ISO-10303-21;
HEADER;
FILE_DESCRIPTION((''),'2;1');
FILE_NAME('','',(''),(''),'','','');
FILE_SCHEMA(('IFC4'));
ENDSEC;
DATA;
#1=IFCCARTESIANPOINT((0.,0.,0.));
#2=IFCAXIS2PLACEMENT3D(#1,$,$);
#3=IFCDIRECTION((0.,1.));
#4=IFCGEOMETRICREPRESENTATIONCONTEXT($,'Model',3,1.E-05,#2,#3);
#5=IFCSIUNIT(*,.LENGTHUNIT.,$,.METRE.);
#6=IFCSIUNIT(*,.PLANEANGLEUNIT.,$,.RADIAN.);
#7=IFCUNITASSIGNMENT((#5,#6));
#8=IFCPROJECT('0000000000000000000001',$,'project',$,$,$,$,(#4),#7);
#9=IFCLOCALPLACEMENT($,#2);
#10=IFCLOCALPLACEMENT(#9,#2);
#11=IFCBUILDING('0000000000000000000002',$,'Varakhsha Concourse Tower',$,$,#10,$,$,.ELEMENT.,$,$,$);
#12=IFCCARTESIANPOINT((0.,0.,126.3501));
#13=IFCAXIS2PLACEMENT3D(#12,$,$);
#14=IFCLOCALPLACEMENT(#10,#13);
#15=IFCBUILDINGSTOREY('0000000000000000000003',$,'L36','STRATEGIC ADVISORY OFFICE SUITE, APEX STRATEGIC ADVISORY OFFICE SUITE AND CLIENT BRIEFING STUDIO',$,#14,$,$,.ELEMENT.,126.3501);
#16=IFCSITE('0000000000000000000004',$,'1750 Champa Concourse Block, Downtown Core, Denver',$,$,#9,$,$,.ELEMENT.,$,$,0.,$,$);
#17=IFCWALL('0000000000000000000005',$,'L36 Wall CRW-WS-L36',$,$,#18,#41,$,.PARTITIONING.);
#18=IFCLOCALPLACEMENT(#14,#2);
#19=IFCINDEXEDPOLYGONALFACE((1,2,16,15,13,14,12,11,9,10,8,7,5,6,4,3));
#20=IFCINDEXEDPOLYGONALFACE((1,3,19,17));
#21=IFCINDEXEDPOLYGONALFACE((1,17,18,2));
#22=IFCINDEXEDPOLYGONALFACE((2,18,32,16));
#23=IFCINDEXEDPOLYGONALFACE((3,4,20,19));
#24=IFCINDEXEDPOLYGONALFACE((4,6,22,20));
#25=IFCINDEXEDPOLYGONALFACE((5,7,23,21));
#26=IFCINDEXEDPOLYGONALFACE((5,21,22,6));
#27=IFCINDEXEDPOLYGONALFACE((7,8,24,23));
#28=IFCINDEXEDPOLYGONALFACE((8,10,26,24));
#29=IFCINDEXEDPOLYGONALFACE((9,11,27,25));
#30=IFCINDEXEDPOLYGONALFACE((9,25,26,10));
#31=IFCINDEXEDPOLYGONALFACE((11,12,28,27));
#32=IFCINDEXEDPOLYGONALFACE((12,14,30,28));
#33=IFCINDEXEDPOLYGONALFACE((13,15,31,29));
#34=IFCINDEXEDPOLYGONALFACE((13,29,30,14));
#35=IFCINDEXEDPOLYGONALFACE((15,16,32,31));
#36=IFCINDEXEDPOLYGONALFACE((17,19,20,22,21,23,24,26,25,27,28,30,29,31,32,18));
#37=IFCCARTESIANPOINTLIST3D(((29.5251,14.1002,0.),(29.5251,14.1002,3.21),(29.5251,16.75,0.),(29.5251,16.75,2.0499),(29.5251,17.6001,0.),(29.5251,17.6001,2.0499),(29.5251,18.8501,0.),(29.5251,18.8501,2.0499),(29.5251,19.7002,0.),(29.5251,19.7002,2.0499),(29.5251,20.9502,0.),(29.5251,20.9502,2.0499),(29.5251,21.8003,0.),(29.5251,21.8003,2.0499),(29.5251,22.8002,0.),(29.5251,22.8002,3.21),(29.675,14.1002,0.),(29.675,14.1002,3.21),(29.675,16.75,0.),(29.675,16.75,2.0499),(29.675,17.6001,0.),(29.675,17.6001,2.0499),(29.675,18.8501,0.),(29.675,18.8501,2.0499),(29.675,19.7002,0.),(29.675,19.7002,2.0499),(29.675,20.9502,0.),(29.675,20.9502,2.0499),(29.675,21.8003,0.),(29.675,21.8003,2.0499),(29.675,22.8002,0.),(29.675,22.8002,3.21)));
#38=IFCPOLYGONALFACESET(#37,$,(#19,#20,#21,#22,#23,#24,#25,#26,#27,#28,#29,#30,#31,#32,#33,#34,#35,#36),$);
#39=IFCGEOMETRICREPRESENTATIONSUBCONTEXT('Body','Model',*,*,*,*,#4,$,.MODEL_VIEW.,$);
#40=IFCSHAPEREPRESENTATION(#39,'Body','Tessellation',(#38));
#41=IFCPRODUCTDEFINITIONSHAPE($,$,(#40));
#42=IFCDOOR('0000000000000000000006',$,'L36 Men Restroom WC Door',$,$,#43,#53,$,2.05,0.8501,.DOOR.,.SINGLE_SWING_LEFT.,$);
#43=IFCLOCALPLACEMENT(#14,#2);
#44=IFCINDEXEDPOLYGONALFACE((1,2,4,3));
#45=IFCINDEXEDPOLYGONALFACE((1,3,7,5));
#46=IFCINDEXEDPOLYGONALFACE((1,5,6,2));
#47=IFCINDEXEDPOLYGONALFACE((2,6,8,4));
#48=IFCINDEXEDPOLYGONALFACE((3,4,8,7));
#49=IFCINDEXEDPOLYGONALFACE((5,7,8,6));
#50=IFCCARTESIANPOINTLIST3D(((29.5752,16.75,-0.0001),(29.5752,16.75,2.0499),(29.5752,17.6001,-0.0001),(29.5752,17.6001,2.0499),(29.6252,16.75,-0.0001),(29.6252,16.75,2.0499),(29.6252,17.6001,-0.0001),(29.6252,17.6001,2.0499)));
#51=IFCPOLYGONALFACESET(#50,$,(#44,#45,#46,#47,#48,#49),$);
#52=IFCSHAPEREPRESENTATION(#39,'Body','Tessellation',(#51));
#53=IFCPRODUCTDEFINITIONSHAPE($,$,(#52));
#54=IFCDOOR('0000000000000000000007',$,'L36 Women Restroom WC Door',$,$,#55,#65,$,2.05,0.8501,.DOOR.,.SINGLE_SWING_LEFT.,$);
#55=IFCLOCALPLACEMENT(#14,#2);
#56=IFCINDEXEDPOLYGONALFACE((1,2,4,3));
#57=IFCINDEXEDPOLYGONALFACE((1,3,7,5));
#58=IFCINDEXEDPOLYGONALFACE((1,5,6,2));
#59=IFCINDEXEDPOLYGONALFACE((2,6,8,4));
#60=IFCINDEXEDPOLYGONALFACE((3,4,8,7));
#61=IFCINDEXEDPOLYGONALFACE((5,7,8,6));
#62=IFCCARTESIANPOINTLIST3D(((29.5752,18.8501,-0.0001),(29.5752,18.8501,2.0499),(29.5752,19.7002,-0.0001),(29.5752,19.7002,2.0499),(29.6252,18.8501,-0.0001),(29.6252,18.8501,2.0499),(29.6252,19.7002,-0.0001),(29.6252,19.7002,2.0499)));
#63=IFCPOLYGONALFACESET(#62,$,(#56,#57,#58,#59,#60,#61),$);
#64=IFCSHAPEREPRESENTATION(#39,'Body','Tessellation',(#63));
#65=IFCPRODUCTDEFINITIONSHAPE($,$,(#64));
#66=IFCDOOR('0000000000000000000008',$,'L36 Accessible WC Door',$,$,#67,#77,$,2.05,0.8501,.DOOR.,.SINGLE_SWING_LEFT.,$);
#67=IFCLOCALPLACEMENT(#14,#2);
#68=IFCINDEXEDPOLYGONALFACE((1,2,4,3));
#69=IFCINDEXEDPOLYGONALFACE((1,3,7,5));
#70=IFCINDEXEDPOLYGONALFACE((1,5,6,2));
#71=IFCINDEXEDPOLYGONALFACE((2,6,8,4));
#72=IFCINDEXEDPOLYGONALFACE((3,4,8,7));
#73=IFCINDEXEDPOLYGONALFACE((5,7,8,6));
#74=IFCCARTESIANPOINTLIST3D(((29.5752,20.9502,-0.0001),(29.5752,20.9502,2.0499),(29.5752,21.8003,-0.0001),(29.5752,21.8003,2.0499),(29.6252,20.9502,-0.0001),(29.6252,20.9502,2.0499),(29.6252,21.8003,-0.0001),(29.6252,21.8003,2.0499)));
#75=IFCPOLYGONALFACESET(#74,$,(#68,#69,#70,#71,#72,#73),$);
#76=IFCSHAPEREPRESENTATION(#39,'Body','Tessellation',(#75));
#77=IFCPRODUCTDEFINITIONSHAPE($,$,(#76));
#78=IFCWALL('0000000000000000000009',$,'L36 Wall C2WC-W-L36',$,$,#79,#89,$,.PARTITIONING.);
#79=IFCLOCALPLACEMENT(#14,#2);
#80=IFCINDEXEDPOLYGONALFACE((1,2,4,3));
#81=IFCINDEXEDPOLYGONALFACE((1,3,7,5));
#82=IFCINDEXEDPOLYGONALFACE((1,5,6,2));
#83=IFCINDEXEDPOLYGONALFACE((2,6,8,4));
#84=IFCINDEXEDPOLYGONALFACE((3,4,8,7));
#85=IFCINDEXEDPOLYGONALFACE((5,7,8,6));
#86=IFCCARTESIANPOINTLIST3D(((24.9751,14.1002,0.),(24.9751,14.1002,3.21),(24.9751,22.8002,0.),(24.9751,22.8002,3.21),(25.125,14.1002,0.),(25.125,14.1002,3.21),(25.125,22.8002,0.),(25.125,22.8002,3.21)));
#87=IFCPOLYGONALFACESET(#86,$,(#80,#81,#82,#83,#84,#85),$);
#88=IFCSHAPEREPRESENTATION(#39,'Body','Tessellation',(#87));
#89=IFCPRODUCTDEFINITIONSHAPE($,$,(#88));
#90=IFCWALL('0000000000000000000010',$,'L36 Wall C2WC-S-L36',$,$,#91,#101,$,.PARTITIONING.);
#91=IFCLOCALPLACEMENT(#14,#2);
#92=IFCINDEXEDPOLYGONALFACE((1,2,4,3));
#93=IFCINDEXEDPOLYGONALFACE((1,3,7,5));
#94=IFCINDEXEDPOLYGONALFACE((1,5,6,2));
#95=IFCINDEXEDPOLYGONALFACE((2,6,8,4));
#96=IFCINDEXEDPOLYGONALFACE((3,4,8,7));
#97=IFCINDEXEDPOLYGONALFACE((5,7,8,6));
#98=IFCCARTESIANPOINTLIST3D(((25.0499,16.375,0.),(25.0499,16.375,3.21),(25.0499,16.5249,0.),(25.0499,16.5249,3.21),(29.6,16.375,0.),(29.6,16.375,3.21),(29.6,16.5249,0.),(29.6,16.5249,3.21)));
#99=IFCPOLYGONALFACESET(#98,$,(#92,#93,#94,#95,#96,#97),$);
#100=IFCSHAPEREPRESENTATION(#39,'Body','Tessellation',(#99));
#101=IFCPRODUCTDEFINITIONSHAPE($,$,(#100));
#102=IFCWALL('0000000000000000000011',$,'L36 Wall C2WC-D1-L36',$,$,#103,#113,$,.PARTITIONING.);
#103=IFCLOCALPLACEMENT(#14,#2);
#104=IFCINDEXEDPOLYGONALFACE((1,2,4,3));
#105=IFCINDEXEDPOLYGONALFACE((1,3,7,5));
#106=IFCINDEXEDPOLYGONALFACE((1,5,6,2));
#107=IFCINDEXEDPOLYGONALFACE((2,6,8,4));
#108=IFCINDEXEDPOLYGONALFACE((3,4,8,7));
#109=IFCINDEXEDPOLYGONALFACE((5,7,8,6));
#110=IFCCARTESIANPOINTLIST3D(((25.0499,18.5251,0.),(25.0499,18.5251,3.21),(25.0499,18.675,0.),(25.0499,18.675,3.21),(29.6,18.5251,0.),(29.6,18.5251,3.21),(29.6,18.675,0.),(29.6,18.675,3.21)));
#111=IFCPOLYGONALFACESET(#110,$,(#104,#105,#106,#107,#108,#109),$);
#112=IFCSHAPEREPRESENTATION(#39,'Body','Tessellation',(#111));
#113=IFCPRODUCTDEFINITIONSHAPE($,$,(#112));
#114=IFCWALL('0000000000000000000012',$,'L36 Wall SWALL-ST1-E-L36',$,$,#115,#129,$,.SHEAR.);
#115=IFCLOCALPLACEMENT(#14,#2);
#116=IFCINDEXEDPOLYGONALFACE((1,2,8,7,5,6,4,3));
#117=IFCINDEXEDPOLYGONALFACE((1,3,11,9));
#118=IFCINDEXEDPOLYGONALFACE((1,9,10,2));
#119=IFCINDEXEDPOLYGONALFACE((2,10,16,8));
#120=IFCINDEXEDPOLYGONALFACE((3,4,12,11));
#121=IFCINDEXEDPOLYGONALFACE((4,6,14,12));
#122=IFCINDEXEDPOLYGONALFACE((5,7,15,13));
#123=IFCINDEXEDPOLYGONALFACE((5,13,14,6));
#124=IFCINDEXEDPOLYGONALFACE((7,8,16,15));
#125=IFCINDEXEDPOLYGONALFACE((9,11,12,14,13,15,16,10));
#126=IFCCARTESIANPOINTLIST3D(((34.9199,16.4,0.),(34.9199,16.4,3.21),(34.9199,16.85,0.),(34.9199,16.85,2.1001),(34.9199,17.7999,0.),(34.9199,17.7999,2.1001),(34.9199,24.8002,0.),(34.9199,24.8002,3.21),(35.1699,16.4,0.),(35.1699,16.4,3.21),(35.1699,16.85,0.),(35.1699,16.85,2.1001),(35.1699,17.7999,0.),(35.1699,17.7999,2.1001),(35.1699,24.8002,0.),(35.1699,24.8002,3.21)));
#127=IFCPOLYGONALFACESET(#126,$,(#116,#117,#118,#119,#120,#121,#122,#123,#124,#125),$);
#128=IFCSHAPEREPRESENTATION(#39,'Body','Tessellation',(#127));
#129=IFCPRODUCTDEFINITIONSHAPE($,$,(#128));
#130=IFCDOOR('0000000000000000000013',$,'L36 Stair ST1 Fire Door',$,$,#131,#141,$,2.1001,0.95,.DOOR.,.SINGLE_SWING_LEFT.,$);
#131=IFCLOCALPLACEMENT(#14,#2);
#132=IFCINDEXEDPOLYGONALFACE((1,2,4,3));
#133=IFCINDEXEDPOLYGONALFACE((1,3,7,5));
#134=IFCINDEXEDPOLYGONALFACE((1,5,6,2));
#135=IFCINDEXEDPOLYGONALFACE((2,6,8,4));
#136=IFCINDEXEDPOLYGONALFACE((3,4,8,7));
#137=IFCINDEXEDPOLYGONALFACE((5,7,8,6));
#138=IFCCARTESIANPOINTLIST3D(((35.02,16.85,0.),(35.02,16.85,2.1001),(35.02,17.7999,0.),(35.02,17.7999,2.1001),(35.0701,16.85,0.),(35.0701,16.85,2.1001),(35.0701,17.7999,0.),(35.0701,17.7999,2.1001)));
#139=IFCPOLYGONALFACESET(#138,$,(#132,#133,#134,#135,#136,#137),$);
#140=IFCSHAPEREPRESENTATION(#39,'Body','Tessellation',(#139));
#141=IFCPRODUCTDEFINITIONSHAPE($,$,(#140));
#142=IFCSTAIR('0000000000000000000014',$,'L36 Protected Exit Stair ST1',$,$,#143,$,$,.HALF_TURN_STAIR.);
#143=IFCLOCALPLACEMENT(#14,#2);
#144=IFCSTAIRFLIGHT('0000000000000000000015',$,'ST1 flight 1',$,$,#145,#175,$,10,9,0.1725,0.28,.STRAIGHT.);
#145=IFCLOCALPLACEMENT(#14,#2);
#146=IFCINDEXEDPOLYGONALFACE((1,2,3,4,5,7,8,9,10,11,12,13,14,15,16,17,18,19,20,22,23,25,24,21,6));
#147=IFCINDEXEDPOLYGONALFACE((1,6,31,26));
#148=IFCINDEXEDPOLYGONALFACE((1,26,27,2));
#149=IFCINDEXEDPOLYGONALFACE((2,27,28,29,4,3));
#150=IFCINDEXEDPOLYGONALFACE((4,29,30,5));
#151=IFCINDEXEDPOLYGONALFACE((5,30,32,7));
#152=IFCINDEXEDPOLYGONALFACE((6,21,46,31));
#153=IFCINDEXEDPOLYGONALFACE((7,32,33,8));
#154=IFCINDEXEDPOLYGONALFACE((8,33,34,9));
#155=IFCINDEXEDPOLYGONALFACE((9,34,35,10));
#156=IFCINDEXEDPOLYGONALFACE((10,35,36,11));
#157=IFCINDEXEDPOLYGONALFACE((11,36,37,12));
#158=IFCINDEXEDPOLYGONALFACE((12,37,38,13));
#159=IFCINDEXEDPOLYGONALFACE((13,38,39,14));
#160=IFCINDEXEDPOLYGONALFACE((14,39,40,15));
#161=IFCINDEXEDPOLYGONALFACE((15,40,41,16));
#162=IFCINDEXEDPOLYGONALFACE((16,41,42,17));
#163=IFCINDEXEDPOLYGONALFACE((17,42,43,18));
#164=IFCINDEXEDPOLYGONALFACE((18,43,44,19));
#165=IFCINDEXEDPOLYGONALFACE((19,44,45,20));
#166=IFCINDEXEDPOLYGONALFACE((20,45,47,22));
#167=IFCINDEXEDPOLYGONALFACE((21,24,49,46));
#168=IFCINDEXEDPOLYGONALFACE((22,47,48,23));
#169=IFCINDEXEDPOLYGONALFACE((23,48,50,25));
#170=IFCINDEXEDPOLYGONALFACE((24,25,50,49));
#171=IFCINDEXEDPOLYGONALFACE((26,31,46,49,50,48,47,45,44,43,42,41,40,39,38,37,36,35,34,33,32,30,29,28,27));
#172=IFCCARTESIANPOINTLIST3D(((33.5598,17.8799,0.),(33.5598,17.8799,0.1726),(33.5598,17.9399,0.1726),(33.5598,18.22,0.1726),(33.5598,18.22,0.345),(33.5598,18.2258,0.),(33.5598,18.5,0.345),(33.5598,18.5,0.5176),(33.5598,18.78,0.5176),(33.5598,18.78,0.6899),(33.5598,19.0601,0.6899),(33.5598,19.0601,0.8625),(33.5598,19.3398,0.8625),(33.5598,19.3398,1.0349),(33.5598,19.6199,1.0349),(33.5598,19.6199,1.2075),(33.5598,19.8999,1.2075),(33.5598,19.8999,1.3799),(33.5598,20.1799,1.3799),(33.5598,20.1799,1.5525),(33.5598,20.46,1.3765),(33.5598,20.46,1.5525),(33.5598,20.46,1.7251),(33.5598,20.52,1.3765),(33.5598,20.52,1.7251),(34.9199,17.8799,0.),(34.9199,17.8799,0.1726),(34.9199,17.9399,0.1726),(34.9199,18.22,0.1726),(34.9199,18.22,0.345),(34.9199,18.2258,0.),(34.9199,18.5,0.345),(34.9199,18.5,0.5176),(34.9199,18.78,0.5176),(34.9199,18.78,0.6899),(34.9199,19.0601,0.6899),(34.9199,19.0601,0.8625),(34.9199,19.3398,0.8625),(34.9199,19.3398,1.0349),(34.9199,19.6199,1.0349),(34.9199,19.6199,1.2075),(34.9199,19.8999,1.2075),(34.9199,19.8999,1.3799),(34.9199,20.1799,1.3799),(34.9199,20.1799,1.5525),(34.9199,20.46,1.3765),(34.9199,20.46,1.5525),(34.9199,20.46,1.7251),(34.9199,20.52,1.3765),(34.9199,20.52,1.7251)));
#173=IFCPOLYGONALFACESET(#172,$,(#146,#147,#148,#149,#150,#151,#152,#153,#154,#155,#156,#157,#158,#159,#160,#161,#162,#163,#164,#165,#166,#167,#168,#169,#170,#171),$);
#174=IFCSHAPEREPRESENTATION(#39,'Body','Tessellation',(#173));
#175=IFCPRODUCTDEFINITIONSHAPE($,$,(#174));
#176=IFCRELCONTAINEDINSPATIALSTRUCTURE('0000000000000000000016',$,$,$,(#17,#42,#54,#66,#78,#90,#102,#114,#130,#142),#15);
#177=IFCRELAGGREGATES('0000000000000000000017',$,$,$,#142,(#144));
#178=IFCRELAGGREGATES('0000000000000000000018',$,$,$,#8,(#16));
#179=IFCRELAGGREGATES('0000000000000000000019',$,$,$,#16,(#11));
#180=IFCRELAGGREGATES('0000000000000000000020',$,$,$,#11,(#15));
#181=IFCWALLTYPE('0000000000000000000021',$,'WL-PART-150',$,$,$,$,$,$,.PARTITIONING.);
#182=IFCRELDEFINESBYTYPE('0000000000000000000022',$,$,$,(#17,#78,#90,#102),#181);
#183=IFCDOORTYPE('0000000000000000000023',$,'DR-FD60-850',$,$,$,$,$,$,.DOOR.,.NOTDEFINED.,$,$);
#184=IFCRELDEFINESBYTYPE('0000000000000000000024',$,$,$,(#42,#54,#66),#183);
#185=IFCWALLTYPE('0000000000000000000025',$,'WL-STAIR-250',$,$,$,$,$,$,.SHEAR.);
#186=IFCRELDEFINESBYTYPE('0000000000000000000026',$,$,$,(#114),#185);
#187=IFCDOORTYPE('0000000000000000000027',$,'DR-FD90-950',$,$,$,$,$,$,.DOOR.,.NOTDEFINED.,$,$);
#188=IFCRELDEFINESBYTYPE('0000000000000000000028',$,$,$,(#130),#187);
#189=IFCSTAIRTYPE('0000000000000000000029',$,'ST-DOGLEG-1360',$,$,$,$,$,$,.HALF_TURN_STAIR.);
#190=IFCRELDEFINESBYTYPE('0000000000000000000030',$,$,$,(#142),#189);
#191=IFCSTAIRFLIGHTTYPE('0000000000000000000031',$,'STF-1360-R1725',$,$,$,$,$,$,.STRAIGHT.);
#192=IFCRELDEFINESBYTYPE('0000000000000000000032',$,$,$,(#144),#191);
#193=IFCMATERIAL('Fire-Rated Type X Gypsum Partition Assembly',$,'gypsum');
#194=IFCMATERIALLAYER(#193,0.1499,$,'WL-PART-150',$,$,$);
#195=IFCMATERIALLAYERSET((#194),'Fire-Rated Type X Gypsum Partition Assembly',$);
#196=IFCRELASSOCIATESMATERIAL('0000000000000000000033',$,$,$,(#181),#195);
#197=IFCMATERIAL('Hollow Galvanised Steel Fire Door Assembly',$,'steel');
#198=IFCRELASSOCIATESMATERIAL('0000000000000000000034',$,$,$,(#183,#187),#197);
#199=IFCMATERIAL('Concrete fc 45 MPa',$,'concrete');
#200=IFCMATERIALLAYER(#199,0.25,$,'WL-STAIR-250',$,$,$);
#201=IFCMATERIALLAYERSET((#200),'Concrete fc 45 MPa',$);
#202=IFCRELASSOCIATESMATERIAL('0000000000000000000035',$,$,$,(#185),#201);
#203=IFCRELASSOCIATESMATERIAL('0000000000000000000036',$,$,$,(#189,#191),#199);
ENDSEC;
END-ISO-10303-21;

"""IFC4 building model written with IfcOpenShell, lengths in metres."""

from ifc_helpers import new_model, si_unit, direction, frame, frame_2d, origin, place, context, subcontext, project, spatial, polyline, rectangle, outline, extrude, material, layer, layer_set, type_object, element, fill, aggregate, save


model = new_model("IFC4")

# Units and contexts
model_context = context("Model", 3, precision=1e-05, world=origin(), true_north=direction((0.0, 1.0)))
body_context = subcontext(model_context, "Body", "Model", "MODEL_VIEW")
ifc_project = project(units=[si_unit("LENGTHUNIT", "METRE"), si_unit("PLANEANGLEUNIT", "RADIAN")], contexts=[model_context])

# Site, building, storey
site_placement = place(None, origin())
site = spatial("IfcSite", under=ifc_project, at=site_placement, Name="1750 Champa Concourse Block, Downtown Core, Denver", CompositionType="ELEMENT", RefElevation=0.0)
building_placement = place(site_placement, origin())
building = spatial("IfcBuilding", under=site, at=building_placement, Name="Varakhsha Concourse Tower", CompositionType="ELEMENT")
storey_placement = place(building_placement, frame((0.0, 0.0, 126.3501)))
storey = spatial("IfcBuildingStorey", under=building, at=storey_placement, Name="L36", Description="STRATEGIC ADVISORY OFFICE SUITE, APEX STRATEGIC ADVISORY OFFICE SUITE AND CLIENT BRIEFING STUDIO", CompositionType="ELEMENT", Elevation=126.3501)

# Shared definitions
ifc_material_1 = material(Name="Hollow Galvanised Steel Fire Door Assembly", Category="steel")

# Wall, openings, doors
ifc_material_2 = material(Name="Fire-Rated Type X Gypsum Partition Assembly", Category="gypsum")
ifc_layer_1 = layer(ifc_material_2, 0.1499, Name="WL-PART-150")
ifc_layer_set_1 = layer_set([ifc_layer_1], Name="Fire-Rated Type X Gypsum Partition Assembly")
wall_type_1 = type_object("IfcWallType", Name="WL-PART-150", PredefinedType="PARTITIONING", material=ifc_layer_set_1)
wall_1_placement = place(storey_placement, frame((29.6001, 14.1001, 0.0), z_axis=(0.0, 0.0, 1.0), x_axis=(0.0, 1.0, 0.0)))
wall_1 = element("IfcWall", 1, at=wall_1_placement, inside=storey, type_object=wall_type_1, Name="L36 Wall CRW-WS-L36", PredefinedType="PARTITIONING", context=body_context, shape_type="SweptSolid", body=[
    extrude(rectangle(XDim=8.7, YDim=0.1499, at=frame_2d((4.3501, 0.0))), origin(), (0.0, 0.0, 1.0), 3.21),
])
opening_1_placement = place(wall_1_placement, frame((2.6499, 0.0, 0.0)))
opening_1 = element("IfcOpeningElement", 2, at=opening_1_placement, cuts=wall_1, PredefinedType="OPENING", context=body_context, shape_type="SweptSolid", body=[
    extrude(rectangle(XDim=0.8501, YDim=2.05, at=frame_2d((0.425, 1.0249))), frame((0.0, 0.085, 0.0), z_axis=(0.0, -1.0, 0.0), x_axis=(1.0, 0.0, 0.0)), (0.0, 0.0, 1.0), 0.1699),
])
opening_2_placement = place(wall_1_placement, frame((4.75, 0.0, 0.0)))
opening_2 = element("IfcOpeningElement", 3, at=opening_2_placement, cuts=wall_1, PredefinedType="OPENING", context=body_context, shape_type="SweptSolid", body=[
    extrude(rectangle(XDim=0.8501, YDim=2.05, at=frame_2d((0.425, 1.0249))), frame((0.0, 0.085, 0.0), z_axis=(0.0, -1.0, 0.0), x_axis=(1.0, 0.0, 0.0)), (0.0, 0.0, 1.0), 0.1699),
])
opening_3_placement = place(wall_1_placement, frame((6.8501, 0.0, 0.0)))
opening_3 = element("IfcOpeningElement", 4, at=opening_3_placement, cuts=wall_1, PredefinedType="OPENING", context=body_context, shape_type="SweptSolid", body=[
    extrude(rectangle(XDim=0.8501, YDim=2.05, at=frame_2d((0.425, 1.0249))), frame((0.0, 0.085, 0.0), z_axis=(0.0, -1.0, 0.0), x_axis=(1.0, 0.0, 0.0)), (0.0, 0.0, 1.0), 0.1699),
])
door_type_1 = type_object("IfcDoorType", Name="DR-FD60-850", OperationType="NOTDEFINED", PredefinedType="DOOR", material=ifc_material_1)
door_1_placement = place(opening_1_placement, origin())
door_1 = element("IfcDoor", 5, at=door_1_placement, inside=storey, type_object=door_type_1, Name="L36 Men Restroom WC Door", OperationType="SINGLE_SWING_LEFT", OverallHeight=2.05, OverallWidth=0.8501, PredefinedType="DOOR", context=body_context, shape_type="SweptSolid", body=[
    extrude(rectangle(XDim=0.8501, YDim=2.05, at=frame_2d((0.425, 1.0249))), frame((0.0, 0.0249, 0.0), z_axis=(0.0, -1.0, 0.0), x_axis=(1.0, 0.0, 0.0)), (0.0, 0.0, 1.0), 0.05),
])
fill(opening_1, door_1)
door_2_placement = place(opening_2_placement, origin())
door_2 = element("IfcDoor", 6, at=door_2_placement, inside=storey, type_object=door_type_1, Name="L36 Women Restroom WC Door", OperationType="SINGLE_SWING_LEFT", OverallHeight=2.05, OverallWidth=0.8501, PredefinedType="DOOR", context=body_context, shape_type="SweptSolid", body=[
    extrude(rectangle(XDim=0.8501, YDim=2.05, at=frame_2d((0.425, 1.0249))), frame((0.0, 0.0249, 0.0), z_axis=(0.0, -1.0, 0.0), x_axis=(1.0, 0.0, 0.0)), (0.0, 0.0, 1.0), 0.05),
])
fill(opening_2, door_2)
door_3_placement = place(opening_3_placement, origin())
door_3 = element("IfcDoor", 7, at=door_3_placement, inside=storey, type_object=door_type_1, Name="L36 Accessible WC Door", OperationType="SINGLE_SWING_LEFT", OverallHeight=2.05, OverallWidth=0.8501, PredefinedType="DOOR", context=body_context, shape_type="SweptSolid", body=[
    extrude(rectangle(XDim=0.8501, YDim=2.05, at=frame_2d((0.425, 1.0249))), frame((0.0, 0.0249, 0.0), z_axis=(0.0, -1.0, 0.0), x_axis=(1.0, 0.0, 0.0)), (0.0, 0.0, 1.0), 0.05),
])
fill(opening_3, door_3)

# Walls
wall_2_placement = place(storey_placement, frame((25.05, 14.1001, 0.0), z_axis=(0.0, 0.0, 1.0), x_axis=(0.0, 1.0, 0.0)))
element("IfcWall", 8, at=wall_2_placement, inside=storey, type_object=wall_type_1, Name="L36 Wall C2WC-W-L36", PredefinedType="PARTITIONING", context=body_context, shape_type="SweptSolid", body=[
    extrude(rectangle(XDim=8.7, YDim=0.1499, at=frame_2d((4.3501, 0.0))), origin(), (0.0, 0.0, 1.0), 3.21),
])
for number, where, z_axis, x_axis, name in (
    (9, (25.05, 16.45, 0.0), (0.0, 0.0, 1.0), (1.0, 0.0, 0.0), "L36 Wall C2WC-S-L36"),
    (10, (25.05, 18.6001, 0.0), (0.0, 0.0, 1.0), (1.0, 0.0, 0.0), "L36 Wall C2WC-D1-L36"),
):
    element("IfcWall", number, at=place(storey_placement, frame(where, z_axis=z_axis, x_axis=x_axis)), inside=storey, type_object=wall_type_1, Name=name, PredefinedType="PARTITIONING", context=body_context, shape_type="SweptSolid", body=[
        extrude(rectangle(XDim=4.55, YDim=0.1499, at=frame_2d((2.2749, 0.0))), origin(), (0.0, 0.0, 1.0), 3.21),
    ])

# Wall, opening, door
ifc_material_3 = material(Name="Concrete fc 45 MPa", Category="concrete")
ifc_layer_2 = layer(ifc_material_3, 0.25, Name="WL-STAIR-250")
ifc_layer_set_2 = layer_set([ifc_layer_2], Name="Concrete fc 45 MPa")
wall_type_2 = type_object("IfcWallType", Name="WL-STAIR-250", PredefinedType="SHEAR", material=ifc_layer_set_2)
wall_3_placement = place(storey_placement, frame((35.0449, 16.3999, 0.0), z_axis=(0.0, 0.0, 1.0), x_axis=(0.0, 1.0, 0.0)))
wall_3 = element("IfcWall", 11, at=wall_3_placement, inside=storey, type_object=wall_type_2, Name="L36 Wall SWALL-ST1-E-L36", PredefinedType="SHEAR", context=body_context, shape_type="SweptSolid", body=[
    extrude(rectangle(XDim=8.4001, YDim=0.25, at=frame_2d((4.2002, 0.0))), origin(), (0.0, 0.0, 1.0), 3.21),
])
opening_4_placement = place(wall_3_placement, frame((0.45, 0.0, 0.0)))
opening_4 = element("IfcOpeningElement", 12, at=opening_4_placement, cuts=wall_3, PredefinedType="OPENING", context=body_context, shape_type="SweptSolid", body=[
    extrude(rectangle(XDim=0.95, YDim=2.1001, at=frame_2d((0.4751, 1.05))), frame((0.0, 0.135, 0.0), z_axis=(0.0, -1.0, 0.0), x_axis=(1.0, 0.0, 0.0)), (0.0, 0.0, 1.0), 0.27),
])
door_type_2 = type_object("IfcDoorType", Name="DR-FD90-950", OperationType="NOTDEFINED", PredefinedType="DOOR", material=ifc_material_1)
door_4_placement = place(opening_4_placement, origin())
door_4 = element("IfcDoor", 13, at=door_4_placement, inside=storey, type_object=door_type_2, Name="L36 Stair ST1 Fire Door", OperationType="SINGLE_SWING_LEFT", OverallHeight=2.1001, OverallWidth=0.95, PredefinedType="DOOR", context=body_context, shape_type="SweptSolid", body=[
    extrude(rectangle(XDim=0.95, YDim=2.1001, at=frame_2d((0.4751, 1.05))), frame((0.0, 0.0249, 0.0), z_axis=(0.0, -1.0, 0.0), x_axis=(1.0, 0.0, 0.0)), (0.0, 0.0, 1.0), 0.05),
])
fill(opening_4, door_4)

# Stair, stair flight
stair_type = type_object("IfcStairType", Name="ST-DOGLEG-1360", PredefinedType="HALF_TURN_STAIR", material=ifc_material_3)
stair_placement = place(storey_placement, origin())
stair = element("IfcStair", 14, at=stair_placement, inside=storey, type_object=stair_type, Name="L36 Protected Exit Stair ST1", PredefinedType="HALF_TURN_STAIR")
stair_flight_type = type_object("IfcStairFlightType", Name="STF-1360-R1725", PredefinedType="STRAIGHT", material=ifc_material_3)
stair_flight_placement = place(storey_placement, frame((34.24, 17.9399, 0.0), z_axis=(0.0, 0.0, 1.0), x_axis=(0.0, 1.0, 0.0)))
stair_flight = element("IfcStairFlight", 15, at=stair_flight_placement, type_object=stair_flight_type, Name="ST1 flight 1", NumberOfRisers=10, NumberOfTreads=9, PredefinedType="STRAIGHT", RiserHeight=0.1725, TreadLength=0.28, context=body_context, shape_type="SweptSolid", body=[
    extrude(outline(polyline([(-0.0601, 0.0), (-0.0601, 0.1726), (0.0, 0.1726), (0.28, 0.1726), (0.28, 0.345), (0.5601, 0.345), (0.5601, 0.5176), (0.8401, 0.5176), (0.8401, 0.6899), (1.1201, 0.6899), (1.1201, 0.8625), (1.3999, 0.8625), (1.3999, 1.0349), (1.6799, 1.0349), (1.6799, 1.2075), (1.96, 1.2075), (1.96, 1.3799), (2.24, 1.3799), (2.24, 1.5525), (2.52, 1.5525), (2.52, 1.7251), (2.5801, 1.7251), (2.5801, 1.3765), (2.52, 1.3765), (0.2859, 0.0), (-0.0601, 0.0)])), frame((0.0, 0.6802, 0.0), z_axis=(0.0, -1.0, 0.0), x_axis=(1.0, 0.0, 0.0)), (0.0, 0.0, 1.0), 1.3601),
])
aggregate(stair, [stair_flight])

save(model, "model.ifc")
